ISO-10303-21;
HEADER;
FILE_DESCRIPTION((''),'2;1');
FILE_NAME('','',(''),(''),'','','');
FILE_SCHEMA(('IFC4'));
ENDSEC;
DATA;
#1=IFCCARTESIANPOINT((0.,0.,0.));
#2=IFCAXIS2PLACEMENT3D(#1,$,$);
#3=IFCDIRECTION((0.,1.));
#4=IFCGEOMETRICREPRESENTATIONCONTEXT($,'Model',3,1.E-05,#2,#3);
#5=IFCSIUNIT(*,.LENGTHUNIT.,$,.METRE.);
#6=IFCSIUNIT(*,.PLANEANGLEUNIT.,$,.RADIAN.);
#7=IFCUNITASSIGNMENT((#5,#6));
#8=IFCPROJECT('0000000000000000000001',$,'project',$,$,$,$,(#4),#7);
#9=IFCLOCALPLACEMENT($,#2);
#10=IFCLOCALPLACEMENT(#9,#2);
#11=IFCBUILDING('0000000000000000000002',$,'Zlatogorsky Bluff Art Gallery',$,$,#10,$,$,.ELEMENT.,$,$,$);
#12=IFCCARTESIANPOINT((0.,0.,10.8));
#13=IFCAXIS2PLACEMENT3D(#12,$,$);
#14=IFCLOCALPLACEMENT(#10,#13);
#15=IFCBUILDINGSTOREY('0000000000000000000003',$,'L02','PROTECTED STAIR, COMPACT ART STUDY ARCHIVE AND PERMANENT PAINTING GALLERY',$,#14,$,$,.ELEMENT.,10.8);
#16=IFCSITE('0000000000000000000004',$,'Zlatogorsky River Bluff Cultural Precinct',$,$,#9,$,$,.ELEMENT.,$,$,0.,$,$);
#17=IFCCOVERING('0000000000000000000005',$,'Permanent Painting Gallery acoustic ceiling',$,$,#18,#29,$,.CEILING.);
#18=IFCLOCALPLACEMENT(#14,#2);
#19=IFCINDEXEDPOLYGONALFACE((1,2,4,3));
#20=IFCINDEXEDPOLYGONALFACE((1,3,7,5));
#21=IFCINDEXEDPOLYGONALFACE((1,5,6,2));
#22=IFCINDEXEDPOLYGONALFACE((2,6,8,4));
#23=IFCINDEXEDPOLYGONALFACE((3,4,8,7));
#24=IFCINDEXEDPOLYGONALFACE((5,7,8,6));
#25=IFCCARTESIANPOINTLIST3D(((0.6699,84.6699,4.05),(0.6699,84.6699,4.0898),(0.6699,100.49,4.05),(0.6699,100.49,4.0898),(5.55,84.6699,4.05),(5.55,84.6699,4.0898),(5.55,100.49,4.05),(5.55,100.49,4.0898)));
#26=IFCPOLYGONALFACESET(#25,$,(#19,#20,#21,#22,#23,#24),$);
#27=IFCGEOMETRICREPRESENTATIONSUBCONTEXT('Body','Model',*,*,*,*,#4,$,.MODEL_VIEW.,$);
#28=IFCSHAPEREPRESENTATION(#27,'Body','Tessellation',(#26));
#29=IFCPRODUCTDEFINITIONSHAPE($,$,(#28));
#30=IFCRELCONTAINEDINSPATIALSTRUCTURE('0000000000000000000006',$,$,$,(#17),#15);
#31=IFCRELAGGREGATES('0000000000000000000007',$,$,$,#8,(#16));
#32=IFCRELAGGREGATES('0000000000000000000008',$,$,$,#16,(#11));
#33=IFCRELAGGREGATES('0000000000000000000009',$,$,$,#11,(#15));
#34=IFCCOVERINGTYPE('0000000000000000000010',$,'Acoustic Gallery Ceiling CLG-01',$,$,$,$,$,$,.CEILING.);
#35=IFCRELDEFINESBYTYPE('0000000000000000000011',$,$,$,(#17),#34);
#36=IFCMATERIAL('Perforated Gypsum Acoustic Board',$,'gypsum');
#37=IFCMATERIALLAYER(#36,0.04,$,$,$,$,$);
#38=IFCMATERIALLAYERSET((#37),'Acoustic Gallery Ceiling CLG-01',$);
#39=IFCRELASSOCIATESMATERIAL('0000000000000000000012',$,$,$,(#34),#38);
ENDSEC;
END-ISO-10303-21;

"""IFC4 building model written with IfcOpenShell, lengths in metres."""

from ifc_helpers import new_model, si_unit, direction, frame, origin, place, context, subcontext, project, spatial, polyline, outline, extrude, material, layer, layer_set, type_object, element, save


model = new_model("IFC4")

# Units and contexts
model_context = context("Model", 3, precision=1e-05, world=origin(), true_north=direction((0.0, 1.0)))
body_context = subcontext(model_context, "Body", "Model", "MODEL_VIEW")
ifc_project = project(units=[si_unit("LENGTHUNIT", "METRE"), si_unit("PLANEANGLEUNIT", "RADIAN")], contexts=[model_context])

# Site, building, storey
site_placement = place(None, origin())
site = spatial("IfcSite", under=ifc_project, at=site_placement, Name="Zlatogorsky River Bluff Cultural Precinct", CompositionType="ELEMENT", RefElevation=0.0)
building_placement = place(site_placement, origin())
building = spatial("IfcBuilding", under=site, at=building_placement, Name="Zlatogorsky Bluff Art Gallery", CompositionType="ELEMENT")
storey_placement = place(building_placement, frame((0.0, 0.0, 10.8)))
storey = spatial("IfcBuildingStorey", under=building, at=storey_placement, Name="L02", Description="PROTECTED STAIR, COMPACT ART STUDY ARCHIVE AND PERMANENT PAINTING GALLERY", CompositionType="ELEMENT", Elevation=10.8)

# Covering
ifc_material_1 = material(Name="Perforated Gypsum Acoustic Board", Category="gypsum")
ifc_layer_1 = layer(ifc_material_1, 0.04)
ifc_layer_set_1 = layer_set([ifc_layer_1], Name="Acoustic Gallery Ceiling CLG-01")
covering_type_1 = type_object("IfcCoveringType", Name="Acoustic Gallery Ceiling CLG-01", PredefinedType="CEILING", material=ifc_layer_set_1)
covering_1_placement = place(storey_placement, frame((0.0, 0.0, 4.05)))
element("IfcCovering", 1, at=covering_1_placement, inside=storey, type_object=covering_type_1, Name="Permanent Painting Gallery acoustic ceiling", PredefinedType="CEILING", context=body_context, shape_type="SweptSolid", body=[
    extrude(outline(polyline([(5.55, 100.49), (5.55, 84.6699), (0.6699, 84.6699), (0.6699, 100.49), (5.55, 100.49)])), origin(), (0.0, 0.0, 1.0), 0.0398),
])

save(model, "model.ifc")
